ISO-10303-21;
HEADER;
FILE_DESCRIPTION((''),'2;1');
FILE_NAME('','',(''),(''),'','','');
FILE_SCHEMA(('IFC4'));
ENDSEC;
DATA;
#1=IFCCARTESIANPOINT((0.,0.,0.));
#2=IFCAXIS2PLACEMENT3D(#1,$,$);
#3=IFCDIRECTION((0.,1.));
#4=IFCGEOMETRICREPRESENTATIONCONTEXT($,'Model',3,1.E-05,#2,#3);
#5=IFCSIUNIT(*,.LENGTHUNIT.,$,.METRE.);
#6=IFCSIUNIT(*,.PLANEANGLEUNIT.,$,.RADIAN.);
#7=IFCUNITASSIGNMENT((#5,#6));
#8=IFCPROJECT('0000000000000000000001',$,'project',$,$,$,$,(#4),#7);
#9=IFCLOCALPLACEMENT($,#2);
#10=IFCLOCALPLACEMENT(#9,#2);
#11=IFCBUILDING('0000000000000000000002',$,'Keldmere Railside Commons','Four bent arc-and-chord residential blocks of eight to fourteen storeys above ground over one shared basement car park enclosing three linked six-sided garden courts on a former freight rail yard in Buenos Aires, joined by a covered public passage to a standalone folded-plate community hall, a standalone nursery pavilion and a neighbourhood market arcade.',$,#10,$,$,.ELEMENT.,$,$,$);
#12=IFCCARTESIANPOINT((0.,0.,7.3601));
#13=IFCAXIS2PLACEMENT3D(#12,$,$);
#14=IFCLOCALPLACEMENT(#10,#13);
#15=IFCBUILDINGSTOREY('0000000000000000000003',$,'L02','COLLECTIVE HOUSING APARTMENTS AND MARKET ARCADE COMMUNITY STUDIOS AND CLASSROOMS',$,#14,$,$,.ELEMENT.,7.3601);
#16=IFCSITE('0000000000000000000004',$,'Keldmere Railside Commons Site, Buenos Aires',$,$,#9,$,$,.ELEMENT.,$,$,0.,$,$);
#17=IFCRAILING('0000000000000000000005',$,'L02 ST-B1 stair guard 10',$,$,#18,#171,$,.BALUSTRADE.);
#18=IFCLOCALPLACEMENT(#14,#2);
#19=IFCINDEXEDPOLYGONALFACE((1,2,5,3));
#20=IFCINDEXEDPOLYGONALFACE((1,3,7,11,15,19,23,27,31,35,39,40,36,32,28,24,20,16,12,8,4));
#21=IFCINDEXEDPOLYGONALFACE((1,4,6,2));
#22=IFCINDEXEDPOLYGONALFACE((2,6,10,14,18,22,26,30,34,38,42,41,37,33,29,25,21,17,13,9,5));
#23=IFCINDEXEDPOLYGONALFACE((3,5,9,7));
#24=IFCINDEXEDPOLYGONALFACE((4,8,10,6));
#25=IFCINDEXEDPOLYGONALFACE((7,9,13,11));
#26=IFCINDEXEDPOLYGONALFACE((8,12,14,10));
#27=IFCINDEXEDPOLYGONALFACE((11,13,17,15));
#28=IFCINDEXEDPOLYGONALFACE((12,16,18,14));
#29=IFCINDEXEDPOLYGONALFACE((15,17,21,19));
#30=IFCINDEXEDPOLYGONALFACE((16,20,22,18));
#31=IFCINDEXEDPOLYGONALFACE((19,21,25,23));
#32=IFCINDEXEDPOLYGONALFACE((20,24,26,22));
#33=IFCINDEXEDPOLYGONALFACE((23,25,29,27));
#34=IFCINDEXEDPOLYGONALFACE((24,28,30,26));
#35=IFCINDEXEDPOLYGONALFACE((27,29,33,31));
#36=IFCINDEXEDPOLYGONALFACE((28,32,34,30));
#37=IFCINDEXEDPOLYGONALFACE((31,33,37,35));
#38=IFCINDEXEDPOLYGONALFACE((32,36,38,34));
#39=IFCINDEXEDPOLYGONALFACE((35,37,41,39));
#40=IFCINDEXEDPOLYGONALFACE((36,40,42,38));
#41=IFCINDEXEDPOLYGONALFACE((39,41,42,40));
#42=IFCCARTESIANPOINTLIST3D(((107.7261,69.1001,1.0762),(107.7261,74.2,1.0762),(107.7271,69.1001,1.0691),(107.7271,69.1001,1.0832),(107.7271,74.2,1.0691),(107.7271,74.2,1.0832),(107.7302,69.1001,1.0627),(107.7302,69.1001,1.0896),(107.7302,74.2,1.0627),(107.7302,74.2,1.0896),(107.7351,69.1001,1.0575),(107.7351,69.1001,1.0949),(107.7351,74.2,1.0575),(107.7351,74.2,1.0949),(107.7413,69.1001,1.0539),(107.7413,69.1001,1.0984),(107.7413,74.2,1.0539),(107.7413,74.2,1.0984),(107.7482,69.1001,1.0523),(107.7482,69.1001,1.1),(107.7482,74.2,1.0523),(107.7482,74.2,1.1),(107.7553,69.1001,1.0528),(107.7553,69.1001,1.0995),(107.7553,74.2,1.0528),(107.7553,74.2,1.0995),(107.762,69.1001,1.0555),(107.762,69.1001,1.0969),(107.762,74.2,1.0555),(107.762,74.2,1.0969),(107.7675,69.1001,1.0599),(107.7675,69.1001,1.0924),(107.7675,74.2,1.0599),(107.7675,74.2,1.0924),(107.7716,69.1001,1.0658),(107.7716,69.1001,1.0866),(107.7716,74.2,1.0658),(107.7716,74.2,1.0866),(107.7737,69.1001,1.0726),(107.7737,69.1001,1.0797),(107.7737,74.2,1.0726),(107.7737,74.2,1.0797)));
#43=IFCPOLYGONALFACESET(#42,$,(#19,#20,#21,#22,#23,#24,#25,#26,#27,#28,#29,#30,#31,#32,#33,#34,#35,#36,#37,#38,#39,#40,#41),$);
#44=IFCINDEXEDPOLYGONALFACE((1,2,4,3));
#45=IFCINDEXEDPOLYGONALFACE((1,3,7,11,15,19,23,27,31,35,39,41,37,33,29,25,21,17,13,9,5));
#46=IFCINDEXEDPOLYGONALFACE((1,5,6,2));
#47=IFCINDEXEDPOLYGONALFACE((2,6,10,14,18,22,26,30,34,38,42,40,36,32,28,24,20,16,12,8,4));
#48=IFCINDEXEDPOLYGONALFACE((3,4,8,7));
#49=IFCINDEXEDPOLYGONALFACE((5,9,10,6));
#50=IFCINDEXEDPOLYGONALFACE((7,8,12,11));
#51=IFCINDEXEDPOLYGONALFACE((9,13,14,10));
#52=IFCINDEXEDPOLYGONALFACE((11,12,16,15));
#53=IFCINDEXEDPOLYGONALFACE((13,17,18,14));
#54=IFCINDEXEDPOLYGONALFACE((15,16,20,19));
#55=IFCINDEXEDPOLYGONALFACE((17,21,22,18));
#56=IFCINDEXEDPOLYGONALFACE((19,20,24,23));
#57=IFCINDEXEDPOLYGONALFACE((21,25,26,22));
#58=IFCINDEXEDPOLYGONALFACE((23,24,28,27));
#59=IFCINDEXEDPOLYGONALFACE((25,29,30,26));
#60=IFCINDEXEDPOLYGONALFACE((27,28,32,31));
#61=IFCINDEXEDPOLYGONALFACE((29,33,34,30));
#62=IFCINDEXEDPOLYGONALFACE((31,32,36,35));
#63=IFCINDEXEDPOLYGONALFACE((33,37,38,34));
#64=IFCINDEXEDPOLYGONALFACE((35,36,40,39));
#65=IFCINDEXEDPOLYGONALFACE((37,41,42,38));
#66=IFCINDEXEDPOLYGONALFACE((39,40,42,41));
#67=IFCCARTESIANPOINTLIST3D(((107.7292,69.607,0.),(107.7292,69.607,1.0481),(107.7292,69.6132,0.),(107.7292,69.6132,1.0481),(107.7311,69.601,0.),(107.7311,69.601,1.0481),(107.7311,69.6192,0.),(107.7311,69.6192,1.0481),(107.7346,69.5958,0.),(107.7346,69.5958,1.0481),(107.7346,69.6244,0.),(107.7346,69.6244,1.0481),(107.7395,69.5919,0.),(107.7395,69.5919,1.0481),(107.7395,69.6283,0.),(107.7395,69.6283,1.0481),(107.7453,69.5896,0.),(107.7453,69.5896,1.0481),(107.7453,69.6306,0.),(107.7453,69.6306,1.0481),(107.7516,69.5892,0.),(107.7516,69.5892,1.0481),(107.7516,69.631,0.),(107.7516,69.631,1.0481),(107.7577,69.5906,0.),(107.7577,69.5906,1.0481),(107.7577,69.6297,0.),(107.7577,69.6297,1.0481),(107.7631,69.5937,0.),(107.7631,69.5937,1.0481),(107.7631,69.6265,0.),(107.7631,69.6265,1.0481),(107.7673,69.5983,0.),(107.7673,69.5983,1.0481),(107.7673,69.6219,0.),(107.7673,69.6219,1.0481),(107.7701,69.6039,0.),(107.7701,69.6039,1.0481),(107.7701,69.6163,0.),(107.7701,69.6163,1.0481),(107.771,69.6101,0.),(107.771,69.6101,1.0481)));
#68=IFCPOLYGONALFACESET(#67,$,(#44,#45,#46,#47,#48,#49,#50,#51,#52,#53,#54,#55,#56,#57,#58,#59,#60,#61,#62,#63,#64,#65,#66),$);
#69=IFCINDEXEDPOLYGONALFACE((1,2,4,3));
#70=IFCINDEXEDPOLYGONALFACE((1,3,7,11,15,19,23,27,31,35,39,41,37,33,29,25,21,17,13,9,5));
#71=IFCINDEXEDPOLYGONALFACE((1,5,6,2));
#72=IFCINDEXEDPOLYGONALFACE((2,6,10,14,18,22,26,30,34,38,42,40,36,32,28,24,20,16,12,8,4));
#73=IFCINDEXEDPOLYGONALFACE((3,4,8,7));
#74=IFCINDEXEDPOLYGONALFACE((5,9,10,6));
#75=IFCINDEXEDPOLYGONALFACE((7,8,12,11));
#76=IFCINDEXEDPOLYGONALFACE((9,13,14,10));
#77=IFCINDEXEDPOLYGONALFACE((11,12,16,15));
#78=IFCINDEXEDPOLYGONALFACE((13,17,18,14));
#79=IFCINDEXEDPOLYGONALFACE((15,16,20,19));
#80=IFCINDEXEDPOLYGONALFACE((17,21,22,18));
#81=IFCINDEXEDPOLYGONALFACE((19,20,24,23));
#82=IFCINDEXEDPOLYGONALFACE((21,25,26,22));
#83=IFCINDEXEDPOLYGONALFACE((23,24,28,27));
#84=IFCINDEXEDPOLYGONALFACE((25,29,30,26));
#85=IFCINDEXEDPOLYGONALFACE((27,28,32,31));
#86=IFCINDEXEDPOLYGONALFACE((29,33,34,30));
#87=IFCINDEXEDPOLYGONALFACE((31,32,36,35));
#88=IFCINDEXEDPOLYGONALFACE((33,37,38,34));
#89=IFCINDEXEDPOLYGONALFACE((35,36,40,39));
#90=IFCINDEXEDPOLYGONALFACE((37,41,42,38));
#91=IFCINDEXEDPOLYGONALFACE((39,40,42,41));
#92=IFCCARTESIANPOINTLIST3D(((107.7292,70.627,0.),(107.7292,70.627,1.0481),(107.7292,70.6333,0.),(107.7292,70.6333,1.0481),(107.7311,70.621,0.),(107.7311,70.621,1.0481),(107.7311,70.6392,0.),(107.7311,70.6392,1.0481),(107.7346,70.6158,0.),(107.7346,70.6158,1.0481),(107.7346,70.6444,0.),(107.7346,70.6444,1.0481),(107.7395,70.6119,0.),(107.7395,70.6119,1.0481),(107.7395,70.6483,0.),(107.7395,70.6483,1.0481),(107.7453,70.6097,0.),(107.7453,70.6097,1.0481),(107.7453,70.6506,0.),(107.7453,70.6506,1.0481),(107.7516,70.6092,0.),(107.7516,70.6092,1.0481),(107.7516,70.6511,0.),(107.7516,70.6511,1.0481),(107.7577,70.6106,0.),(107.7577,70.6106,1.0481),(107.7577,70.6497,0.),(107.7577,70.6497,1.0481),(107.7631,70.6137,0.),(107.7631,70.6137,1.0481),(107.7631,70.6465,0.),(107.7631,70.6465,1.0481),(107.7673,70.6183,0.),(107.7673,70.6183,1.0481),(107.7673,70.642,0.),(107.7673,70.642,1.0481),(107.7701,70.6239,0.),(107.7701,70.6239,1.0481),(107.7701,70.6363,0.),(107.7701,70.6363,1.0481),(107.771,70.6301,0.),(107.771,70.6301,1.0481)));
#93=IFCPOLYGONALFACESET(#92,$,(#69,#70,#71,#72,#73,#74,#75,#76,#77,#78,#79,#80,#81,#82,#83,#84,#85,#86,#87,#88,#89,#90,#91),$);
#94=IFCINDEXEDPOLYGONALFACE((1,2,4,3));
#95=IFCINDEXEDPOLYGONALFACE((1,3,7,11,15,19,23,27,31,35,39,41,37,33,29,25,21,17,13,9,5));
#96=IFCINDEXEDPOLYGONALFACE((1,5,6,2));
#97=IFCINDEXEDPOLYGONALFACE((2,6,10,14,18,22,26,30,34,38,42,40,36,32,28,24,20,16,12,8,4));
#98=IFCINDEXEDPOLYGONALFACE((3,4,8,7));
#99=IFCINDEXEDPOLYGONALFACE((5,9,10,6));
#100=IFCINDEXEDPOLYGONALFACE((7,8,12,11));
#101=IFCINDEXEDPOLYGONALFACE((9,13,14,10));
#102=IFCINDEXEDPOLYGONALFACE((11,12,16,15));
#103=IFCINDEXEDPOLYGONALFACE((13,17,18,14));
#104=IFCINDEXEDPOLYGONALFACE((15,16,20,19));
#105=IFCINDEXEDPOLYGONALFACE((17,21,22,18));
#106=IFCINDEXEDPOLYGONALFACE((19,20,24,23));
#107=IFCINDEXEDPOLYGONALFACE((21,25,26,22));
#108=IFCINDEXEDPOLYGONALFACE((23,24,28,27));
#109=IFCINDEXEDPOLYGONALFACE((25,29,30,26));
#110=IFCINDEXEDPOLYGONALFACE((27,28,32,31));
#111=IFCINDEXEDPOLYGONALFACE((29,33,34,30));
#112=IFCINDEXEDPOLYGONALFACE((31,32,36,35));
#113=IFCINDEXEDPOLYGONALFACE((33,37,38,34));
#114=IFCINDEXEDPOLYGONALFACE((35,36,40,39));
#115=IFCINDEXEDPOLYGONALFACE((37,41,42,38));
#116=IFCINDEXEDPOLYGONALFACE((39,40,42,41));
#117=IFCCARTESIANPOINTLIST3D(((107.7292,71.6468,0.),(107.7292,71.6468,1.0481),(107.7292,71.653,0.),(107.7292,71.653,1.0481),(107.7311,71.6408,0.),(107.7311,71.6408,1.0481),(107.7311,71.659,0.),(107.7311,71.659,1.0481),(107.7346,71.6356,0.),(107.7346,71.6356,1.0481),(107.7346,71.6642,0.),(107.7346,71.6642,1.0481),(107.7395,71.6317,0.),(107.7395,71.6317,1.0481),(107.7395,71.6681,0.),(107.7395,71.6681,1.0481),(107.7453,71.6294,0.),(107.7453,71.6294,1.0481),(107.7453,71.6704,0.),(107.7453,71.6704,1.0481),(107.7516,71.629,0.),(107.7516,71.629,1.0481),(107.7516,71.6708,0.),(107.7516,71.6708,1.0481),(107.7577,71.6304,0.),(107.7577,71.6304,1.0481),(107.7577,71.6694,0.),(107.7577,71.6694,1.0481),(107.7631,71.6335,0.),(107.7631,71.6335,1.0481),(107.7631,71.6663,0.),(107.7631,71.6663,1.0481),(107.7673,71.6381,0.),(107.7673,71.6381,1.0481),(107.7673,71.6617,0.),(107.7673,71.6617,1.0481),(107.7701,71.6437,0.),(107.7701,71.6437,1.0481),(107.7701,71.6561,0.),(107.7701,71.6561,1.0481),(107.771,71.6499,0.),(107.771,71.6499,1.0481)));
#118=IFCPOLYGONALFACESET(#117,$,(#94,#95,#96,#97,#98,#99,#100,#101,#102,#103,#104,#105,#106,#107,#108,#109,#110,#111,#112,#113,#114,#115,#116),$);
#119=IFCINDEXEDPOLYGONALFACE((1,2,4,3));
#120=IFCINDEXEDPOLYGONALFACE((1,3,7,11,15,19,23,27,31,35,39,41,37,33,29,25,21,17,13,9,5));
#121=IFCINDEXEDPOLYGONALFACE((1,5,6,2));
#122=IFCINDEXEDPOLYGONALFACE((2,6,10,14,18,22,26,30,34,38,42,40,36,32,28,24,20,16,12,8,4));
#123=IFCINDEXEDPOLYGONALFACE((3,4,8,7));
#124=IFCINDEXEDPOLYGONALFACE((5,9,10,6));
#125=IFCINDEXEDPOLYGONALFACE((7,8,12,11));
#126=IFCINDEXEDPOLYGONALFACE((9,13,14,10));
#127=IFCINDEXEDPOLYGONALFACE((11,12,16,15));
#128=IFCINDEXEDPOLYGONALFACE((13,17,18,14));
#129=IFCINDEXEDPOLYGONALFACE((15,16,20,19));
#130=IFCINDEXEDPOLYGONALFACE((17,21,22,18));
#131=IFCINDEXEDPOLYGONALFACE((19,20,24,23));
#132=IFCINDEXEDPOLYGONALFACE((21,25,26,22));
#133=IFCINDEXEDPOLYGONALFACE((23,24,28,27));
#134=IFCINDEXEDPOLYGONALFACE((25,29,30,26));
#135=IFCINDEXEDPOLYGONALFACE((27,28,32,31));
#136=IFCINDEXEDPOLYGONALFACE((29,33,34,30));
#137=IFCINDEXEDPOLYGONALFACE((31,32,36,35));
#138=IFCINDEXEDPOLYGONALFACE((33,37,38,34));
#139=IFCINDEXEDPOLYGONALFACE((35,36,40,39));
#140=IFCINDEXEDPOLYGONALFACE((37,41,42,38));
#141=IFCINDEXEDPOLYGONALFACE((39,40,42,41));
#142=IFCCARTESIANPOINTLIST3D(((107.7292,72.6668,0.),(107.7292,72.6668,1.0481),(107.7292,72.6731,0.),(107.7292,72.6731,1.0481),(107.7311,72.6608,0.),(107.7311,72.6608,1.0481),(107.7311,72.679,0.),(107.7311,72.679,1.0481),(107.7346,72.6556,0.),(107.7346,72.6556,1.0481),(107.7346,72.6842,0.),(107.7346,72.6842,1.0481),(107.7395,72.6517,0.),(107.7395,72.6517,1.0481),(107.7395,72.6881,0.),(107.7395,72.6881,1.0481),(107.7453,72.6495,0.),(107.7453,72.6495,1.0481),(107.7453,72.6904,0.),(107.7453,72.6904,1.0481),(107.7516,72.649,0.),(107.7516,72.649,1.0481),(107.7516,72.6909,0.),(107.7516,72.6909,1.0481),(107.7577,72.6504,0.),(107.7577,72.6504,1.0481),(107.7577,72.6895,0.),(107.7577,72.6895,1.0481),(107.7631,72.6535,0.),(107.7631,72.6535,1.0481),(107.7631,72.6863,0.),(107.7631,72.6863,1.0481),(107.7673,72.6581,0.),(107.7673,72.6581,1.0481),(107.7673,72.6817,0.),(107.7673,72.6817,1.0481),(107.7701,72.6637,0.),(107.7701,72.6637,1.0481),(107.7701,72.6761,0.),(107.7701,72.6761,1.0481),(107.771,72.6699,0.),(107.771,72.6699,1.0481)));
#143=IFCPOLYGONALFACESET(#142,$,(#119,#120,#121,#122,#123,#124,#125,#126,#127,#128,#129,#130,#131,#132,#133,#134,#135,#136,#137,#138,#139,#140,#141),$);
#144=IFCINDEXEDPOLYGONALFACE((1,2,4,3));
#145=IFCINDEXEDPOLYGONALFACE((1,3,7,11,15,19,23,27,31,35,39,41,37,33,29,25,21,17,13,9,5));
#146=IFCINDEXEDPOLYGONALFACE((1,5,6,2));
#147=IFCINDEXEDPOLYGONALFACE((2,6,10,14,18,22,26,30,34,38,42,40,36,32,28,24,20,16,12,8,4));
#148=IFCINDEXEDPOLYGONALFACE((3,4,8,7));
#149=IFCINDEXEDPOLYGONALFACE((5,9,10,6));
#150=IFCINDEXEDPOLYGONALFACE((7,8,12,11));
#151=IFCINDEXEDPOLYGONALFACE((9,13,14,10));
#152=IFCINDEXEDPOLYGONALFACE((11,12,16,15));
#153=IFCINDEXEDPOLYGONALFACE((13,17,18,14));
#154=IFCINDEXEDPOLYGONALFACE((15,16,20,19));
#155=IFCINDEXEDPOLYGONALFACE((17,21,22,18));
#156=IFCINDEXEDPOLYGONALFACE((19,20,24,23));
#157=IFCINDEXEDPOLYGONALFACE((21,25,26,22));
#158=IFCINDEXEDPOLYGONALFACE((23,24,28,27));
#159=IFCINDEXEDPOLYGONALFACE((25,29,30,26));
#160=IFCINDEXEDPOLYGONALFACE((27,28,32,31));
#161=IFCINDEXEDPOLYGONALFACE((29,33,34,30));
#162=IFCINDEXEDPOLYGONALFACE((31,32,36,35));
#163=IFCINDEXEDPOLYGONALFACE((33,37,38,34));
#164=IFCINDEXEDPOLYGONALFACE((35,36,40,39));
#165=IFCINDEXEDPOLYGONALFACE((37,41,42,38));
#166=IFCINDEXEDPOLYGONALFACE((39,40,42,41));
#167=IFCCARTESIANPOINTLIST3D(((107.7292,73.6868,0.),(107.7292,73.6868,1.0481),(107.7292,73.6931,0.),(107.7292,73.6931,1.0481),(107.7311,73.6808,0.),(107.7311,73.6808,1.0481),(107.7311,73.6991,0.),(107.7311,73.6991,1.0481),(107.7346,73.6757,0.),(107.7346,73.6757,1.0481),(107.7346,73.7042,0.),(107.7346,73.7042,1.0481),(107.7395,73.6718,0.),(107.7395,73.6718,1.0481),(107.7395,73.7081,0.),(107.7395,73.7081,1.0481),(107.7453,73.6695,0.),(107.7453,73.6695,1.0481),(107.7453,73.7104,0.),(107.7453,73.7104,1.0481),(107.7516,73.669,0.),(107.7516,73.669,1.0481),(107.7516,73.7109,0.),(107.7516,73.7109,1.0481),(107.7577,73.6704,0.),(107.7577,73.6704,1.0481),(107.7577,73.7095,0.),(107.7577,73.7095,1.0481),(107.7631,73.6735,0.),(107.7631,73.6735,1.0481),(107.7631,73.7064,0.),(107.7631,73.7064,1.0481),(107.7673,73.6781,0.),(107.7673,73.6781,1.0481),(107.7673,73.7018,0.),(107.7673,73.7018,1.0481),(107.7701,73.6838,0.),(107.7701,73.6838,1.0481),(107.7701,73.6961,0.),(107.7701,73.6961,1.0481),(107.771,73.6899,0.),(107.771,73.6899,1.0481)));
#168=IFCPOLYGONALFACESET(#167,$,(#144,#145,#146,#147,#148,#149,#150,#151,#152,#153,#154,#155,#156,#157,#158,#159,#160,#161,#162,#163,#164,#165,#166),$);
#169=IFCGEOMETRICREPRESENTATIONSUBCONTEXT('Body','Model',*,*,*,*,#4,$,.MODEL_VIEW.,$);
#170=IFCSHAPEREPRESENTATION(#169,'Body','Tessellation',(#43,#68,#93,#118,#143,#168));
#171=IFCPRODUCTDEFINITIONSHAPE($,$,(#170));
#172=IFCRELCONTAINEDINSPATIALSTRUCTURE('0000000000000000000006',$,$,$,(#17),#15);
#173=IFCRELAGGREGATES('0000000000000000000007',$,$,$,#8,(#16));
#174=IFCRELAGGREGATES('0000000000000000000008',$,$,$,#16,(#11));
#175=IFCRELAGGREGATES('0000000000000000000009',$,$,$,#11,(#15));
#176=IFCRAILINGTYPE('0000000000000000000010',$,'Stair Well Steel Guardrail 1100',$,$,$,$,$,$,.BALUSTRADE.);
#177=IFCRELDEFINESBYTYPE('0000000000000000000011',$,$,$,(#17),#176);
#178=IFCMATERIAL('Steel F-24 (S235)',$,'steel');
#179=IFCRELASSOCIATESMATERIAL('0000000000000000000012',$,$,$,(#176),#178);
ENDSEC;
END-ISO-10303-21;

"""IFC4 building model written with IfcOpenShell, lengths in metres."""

from ifc_helpers import new_model, si_unit, direction, frame, origin, origin_2d, place, context, subcontext, project, spatial, circle, extrude, material, type_object, element, save


model = new_model("IFC4")

# Units and contexts
model_context = context("Model", 3, precision=1e-05, world=origin(), true_north=direction((0.0, 1.0)))
body_context = subcontext(model_context, "Body", "Model", "MODEL_VIEW")
ifc_project = project(units=[si_unit("LENGTHUNIT", "METRE"), si_unit("PLANEANGLEUNIT", "RADIAN")], contexts=[model_context])

# Site, building, storey
site_placement = place(None, origin())
site = spatial("IfcSite", under=ifc_project, at=site_placement, Name="Keldmere Railside Commons Site, Buenos Aires", CompositionType="ELEMENT", RefElevation=0.0)
building_placement = place(site_placement, origin())
building = spatial("IfcBuilding", under=site, at=building_placement, Name="Keldmere Railside Commons", Description="Four bent arc-and-chord residential blocks of eight to fourteen storeys above ground over one shared basement car park enclosing three linked six-sided garden courts on a former freight rail yard in Buenos Aires, joined by a covered public passage to a standalone folded-plate community hall, a standalone nursery pavilion and a neighbourhood market arcade.", CompositionType="ELEMENT")
storey_placement = place(building_placement, frame((0.0, 0.0, 7.3601)))
storey = spatial("IfcBuildingStorey", under=building, at=storey_placement, Name="L02", Description="COLLECTIVE HOUSING APARTMENTS AND MARKET ARCADE COMMUNITY STUDIOS AND CLASSROOMS", CompositionType="ELEMENT", Elevation=7.3601)

# Railing
ifc_material_1 = material(Name="Steel F-24 (S235)", Category="steel")
railing_type_1 = type_object("IfcRailingType", Name="Stair Well Steel Guardrail 1100", PredefinedType="BALUSTRADE", material=ifc_material_1)
for number, where, name in (
    (1, (107.75, 69.1001, 0.0), "L02 ST-B1 stair guard 10"),
):
    element("IfcRailing", number, at=place(storey_placement, frame(where)), inside=storey, type_object=railing_type_1, Name=name, PredefinedType="BALUSTRADE", context=body_context, shape_type="SweptSolid", body=[
        extrude(circle(Radius=0.0239, at=origin_2d()), frame((0.0, 0.0, 1.0762), z_axis=(0.0, 1.0, 0.0), x_axis=(-1.0, 0.0, 0.0)), (0.0, 0.0, 1.0), 5.0999),
        extrude(circle(Radius=0.021, at=origin_2d()), frame((0.0, 0.51, 0.0)), (0.0, 0.0, 1.0), 1.0481),
        extrude(circle(Radius=0.021, at=origin_2d()), frame((0.0, 1.53, 0.0)), (0.0, 0.0, 1.0), 1.0481),
        extrude(circle(Radius=0.021, at=origin_2d()), frame((0.0, 2.5498, 0.0)), (0.0, 0.0, 1.0), 1.0481),
        extrude(circle(Radius=0.021, at=origin_2d()), frame((0.0, 3.5698, 0.0)), (0.0, 0.0, 1.0), 1.0481),
        extrude(circle(Radius=0.021, at=origin_2d()), frame((0.0, 4.5898, 0.0)), (0.0, 0.0, 1.0), 1.0481),
    ])

save(model, "model.ifc")
